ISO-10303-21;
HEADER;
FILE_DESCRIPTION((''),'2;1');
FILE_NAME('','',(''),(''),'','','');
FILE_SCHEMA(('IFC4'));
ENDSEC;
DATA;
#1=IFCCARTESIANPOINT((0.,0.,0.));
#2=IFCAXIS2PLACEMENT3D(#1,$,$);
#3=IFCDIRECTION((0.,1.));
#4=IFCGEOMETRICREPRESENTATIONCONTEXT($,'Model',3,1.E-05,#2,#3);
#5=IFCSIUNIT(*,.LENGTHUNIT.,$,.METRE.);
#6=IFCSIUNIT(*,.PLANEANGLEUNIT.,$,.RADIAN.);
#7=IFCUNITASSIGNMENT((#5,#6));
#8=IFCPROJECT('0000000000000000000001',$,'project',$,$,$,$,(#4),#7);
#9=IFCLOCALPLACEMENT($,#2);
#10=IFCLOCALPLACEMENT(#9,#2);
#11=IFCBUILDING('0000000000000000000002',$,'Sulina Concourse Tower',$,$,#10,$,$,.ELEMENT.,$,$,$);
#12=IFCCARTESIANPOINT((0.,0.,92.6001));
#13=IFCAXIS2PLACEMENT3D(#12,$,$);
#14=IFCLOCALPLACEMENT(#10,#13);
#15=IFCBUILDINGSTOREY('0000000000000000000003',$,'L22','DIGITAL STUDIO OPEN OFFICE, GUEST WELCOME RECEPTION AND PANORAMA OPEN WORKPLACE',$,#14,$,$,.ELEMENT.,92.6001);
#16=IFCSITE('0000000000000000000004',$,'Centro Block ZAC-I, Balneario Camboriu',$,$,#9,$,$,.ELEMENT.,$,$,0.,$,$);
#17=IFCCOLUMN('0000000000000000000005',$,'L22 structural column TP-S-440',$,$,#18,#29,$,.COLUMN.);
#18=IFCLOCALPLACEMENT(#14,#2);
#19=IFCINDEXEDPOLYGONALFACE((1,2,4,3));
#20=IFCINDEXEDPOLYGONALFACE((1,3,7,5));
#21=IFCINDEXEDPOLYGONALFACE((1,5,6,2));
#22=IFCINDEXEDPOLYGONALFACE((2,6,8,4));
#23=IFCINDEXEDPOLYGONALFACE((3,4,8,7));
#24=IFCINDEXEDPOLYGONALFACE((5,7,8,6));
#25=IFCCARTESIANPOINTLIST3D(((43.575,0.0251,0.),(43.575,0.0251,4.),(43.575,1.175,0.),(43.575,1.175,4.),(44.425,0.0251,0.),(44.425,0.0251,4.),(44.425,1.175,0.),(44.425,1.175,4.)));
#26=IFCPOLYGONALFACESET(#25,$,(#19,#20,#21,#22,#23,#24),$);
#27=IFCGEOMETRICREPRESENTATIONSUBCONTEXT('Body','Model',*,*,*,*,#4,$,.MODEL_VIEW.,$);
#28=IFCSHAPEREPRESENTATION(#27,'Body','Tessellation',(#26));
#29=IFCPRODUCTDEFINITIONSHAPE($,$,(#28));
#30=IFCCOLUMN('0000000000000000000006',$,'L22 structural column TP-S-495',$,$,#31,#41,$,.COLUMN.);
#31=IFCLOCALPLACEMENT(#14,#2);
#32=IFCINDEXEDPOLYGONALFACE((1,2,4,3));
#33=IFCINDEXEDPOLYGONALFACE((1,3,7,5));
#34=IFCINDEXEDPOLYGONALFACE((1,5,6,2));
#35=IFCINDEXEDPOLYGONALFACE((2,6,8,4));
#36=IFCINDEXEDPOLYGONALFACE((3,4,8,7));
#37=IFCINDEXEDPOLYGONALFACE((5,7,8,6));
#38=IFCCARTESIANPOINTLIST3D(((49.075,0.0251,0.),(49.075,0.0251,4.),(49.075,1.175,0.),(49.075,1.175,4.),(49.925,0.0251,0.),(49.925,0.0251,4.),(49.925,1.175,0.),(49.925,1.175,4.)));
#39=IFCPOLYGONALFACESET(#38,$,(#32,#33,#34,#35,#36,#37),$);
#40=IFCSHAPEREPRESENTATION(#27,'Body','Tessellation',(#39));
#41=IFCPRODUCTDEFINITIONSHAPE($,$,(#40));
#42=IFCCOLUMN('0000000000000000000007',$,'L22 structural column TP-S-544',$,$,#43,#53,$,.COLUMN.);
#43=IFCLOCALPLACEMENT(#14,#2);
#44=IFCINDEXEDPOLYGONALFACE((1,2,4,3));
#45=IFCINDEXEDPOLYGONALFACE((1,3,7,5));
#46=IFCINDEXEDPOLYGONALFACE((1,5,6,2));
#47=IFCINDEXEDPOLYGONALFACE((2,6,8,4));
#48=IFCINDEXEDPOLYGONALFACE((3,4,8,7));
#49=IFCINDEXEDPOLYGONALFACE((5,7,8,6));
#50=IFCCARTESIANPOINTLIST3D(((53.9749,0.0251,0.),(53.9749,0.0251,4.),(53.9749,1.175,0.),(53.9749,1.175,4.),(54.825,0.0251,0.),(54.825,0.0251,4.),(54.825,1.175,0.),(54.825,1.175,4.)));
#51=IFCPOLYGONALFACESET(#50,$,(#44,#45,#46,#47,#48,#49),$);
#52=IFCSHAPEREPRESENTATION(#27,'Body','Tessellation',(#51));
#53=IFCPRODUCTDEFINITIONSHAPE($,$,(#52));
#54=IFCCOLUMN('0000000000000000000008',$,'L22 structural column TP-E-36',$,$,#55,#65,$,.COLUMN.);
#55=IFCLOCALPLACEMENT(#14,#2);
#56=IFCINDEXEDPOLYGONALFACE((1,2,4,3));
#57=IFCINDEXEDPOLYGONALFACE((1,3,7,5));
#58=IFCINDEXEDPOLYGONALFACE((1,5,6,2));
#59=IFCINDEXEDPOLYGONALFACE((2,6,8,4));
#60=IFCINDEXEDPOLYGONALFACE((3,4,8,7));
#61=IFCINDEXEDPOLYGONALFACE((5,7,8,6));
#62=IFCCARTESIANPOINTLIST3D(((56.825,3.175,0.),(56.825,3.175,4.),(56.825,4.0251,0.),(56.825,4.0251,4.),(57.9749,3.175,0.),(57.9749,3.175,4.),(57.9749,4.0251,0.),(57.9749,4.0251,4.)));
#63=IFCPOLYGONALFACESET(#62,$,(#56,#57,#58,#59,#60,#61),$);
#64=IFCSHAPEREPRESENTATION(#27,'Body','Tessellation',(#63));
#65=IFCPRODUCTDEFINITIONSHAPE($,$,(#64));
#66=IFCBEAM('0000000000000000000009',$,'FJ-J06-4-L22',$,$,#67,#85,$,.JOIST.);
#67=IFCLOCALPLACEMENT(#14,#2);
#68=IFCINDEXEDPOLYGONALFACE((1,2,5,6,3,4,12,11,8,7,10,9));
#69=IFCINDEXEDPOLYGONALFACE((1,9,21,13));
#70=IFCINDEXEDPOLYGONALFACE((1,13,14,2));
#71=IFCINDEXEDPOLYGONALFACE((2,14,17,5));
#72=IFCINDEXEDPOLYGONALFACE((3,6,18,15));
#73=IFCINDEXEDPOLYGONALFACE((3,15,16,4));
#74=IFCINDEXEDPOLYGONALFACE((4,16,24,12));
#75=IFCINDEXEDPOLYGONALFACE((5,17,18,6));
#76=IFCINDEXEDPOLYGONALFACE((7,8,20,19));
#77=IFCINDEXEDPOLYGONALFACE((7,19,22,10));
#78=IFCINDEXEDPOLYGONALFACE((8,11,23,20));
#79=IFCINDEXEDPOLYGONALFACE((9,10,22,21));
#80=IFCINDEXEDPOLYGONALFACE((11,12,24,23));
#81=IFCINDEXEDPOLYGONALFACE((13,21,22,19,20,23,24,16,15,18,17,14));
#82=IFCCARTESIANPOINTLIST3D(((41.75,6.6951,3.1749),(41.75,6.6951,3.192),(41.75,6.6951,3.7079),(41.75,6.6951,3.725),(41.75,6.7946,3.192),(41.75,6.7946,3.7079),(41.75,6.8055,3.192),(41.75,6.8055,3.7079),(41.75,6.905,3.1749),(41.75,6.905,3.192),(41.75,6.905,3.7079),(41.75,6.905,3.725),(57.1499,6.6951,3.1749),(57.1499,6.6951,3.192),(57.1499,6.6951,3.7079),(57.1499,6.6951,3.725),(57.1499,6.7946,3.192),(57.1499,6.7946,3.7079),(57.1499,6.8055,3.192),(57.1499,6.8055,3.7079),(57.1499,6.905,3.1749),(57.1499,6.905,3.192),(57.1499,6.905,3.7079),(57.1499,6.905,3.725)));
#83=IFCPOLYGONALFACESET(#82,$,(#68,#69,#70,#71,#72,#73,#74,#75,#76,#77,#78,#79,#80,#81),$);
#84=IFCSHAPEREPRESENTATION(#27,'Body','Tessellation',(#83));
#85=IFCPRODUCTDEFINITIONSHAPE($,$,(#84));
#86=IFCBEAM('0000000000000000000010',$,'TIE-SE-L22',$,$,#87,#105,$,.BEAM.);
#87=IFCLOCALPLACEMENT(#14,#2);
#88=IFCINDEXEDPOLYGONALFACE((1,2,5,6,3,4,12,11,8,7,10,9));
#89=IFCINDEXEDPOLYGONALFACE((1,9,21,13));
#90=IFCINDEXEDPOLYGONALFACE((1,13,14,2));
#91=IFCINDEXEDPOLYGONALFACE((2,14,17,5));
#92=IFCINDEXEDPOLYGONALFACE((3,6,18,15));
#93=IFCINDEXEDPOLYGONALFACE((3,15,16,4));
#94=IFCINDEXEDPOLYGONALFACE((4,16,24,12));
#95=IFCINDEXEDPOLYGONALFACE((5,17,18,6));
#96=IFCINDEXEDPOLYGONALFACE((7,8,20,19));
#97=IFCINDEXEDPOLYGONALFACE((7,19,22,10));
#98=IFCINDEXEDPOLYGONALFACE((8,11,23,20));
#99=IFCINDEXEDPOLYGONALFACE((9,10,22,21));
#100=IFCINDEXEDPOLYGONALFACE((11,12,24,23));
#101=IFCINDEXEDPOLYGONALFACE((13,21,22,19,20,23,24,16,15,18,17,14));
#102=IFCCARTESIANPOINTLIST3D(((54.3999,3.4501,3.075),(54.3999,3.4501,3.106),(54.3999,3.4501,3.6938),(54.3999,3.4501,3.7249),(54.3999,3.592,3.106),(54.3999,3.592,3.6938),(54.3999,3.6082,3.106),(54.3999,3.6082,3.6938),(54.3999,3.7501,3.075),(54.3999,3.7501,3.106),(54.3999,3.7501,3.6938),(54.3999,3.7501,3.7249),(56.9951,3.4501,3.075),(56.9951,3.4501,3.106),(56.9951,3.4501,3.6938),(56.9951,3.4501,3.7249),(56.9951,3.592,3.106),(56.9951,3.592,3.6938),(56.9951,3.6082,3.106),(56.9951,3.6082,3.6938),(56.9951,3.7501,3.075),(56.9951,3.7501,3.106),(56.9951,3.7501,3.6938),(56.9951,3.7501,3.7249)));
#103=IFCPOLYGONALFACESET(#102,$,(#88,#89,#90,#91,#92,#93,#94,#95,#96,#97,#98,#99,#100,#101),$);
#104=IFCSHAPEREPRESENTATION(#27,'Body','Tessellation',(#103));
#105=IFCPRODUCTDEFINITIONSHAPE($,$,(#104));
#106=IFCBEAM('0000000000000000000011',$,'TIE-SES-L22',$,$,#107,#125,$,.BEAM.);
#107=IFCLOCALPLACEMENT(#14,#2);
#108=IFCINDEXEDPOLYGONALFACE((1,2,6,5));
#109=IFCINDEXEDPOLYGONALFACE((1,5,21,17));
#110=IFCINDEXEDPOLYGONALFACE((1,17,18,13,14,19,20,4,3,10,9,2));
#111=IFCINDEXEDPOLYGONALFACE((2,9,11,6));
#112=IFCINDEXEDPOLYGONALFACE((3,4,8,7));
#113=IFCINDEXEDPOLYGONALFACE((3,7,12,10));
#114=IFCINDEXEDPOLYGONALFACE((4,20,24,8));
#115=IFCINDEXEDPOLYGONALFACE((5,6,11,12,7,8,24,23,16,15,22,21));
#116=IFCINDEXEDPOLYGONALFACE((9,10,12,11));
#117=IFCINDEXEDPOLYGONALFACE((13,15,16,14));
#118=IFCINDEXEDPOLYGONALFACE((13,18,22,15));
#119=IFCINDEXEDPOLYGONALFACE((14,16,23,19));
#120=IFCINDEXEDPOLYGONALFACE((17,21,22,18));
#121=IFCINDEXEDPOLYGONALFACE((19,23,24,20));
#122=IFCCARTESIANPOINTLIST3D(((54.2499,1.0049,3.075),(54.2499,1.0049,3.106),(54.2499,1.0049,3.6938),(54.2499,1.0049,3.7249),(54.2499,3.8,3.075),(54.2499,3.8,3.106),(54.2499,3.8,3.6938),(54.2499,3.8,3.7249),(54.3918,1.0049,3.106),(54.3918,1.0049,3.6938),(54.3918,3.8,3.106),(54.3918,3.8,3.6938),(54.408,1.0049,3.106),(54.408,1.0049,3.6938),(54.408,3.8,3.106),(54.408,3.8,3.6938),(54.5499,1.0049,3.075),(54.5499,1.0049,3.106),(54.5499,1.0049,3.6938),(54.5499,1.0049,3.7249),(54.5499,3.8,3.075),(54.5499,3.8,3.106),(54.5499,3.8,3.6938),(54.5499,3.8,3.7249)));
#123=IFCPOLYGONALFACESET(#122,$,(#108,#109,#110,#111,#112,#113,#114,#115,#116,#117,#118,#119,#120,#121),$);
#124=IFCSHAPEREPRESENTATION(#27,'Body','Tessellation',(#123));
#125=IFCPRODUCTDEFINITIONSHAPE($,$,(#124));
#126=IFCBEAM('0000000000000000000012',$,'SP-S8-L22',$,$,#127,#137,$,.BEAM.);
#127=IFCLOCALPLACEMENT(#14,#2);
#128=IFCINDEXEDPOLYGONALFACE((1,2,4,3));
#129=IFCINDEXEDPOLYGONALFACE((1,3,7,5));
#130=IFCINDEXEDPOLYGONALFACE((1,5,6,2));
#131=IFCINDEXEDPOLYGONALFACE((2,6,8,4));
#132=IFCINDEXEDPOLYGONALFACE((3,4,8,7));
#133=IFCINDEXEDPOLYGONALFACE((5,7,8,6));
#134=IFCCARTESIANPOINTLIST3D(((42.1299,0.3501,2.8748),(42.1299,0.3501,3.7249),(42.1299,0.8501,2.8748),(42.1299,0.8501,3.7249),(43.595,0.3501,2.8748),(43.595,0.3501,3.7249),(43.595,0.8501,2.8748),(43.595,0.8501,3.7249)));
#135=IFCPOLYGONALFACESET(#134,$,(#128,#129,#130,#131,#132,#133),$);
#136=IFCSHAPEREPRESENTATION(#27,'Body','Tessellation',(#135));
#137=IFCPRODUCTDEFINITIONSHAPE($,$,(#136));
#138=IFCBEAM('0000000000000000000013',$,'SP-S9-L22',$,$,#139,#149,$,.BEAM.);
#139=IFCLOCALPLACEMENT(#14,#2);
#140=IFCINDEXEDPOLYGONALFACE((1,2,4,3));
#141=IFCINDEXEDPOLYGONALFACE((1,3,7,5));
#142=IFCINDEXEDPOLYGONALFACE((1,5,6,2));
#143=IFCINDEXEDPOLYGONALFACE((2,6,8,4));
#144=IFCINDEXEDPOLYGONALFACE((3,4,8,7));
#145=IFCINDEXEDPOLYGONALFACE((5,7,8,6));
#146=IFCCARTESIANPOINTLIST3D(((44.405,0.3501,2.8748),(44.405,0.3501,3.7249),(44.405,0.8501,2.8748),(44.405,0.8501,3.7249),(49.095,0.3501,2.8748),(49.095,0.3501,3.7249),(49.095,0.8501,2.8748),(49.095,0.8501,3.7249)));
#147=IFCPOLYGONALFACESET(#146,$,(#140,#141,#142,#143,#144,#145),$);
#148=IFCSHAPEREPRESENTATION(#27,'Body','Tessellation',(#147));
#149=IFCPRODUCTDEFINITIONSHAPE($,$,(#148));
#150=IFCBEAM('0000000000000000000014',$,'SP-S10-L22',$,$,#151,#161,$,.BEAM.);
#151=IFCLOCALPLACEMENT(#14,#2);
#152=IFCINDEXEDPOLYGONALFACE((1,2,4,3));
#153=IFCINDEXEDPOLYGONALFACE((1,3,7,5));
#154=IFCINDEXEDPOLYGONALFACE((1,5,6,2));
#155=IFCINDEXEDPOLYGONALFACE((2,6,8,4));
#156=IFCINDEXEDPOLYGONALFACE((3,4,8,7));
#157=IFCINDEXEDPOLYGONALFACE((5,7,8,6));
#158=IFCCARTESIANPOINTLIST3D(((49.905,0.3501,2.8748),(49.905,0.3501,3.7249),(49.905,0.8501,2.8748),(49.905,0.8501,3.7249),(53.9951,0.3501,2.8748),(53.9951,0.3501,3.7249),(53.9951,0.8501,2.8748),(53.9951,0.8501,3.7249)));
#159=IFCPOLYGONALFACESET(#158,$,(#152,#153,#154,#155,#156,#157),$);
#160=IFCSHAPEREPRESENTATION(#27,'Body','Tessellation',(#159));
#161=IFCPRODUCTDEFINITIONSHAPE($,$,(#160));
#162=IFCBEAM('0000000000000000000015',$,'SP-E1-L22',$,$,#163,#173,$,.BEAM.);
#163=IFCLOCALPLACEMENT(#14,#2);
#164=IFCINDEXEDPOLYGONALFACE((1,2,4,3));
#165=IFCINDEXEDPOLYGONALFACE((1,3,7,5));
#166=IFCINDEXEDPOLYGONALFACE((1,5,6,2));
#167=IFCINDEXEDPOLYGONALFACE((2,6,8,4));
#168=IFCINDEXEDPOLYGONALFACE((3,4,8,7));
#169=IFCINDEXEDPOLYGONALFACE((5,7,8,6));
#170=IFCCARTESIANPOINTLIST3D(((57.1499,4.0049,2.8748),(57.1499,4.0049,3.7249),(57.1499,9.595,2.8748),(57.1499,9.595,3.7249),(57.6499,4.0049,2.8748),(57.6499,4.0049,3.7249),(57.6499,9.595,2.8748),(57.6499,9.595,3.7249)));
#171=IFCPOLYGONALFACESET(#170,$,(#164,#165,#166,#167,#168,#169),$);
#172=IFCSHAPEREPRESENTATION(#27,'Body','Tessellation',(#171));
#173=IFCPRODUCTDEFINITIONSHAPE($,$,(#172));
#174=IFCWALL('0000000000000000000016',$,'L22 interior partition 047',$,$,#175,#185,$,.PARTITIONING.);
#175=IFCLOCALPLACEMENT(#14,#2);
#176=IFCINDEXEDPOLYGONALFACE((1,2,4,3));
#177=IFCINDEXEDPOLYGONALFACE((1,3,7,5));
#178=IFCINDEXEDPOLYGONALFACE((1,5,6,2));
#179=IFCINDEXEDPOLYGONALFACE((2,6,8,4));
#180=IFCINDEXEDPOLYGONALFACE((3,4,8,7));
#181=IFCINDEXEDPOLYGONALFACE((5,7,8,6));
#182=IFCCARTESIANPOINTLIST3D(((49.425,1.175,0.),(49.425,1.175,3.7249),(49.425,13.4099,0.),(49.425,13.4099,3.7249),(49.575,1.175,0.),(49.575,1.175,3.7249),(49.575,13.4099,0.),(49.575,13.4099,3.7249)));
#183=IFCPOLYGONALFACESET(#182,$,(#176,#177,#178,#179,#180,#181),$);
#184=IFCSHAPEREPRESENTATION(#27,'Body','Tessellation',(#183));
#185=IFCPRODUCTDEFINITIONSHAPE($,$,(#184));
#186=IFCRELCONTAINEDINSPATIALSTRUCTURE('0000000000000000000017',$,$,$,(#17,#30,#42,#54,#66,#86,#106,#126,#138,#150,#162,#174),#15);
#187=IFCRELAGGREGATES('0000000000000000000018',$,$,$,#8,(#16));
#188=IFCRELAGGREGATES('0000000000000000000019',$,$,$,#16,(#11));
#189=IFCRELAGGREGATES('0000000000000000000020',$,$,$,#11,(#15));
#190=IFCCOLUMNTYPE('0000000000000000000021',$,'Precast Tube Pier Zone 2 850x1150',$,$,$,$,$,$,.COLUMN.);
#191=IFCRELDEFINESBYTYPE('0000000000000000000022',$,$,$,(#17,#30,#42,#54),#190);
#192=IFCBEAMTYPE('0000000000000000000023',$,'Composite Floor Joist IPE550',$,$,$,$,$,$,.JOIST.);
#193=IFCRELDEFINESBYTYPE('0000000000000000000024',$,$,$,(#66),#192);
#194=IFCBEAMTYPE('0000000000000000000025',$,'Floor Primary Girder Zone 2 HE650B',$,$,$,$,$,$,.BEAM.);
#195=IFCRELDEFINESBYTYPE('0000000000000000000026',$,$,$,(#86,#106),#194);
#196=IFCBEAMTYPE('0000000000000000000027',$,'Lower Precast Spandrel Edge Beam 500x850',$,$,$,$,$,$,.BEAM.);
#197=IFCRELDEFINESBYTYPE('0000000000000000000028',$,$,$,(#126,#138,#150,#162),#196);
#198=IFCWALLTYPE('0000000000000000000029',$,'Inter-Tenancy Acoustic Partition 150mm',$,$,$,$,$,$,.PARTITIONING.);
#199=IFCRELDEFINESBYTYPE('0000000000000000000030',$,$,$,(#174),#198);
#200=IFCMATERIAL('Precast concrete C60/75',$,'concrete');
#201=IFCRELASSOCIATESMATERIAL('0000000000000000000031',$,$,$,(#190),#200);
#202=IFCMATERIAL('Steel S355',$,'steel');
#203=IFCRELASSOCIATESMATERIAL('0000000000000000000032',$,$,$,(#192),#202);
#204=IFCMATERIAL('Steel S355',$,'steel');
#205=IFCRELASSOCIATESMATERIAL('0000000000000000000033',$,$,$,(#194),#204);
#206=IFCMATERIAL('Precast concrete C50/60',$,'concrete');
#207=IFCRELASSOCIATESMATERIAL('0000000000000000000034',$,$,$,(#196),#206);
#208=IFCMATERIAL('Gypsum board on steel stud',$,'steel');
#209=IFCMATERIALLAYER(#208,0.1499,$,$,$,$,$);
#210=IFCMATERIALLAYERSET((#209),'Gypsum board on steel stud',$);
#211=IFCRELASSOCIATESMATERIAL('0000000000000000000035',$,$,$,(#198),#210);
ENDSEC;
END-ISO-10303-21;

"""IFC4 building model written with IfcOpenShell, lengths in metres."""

from ifc_helpers import new_model, si_unit, direction, frame, frame_2d, origin, origin_2d, place, context, subcontext, project, spatial, rectangle, i_section, extrude, material, layer, layer_set, material_profile, profile_set, type_object, element, save


model = new_model("IFC4")

# Units and contexts
model_context = context("Model", 3, precision=1e-05, world=origin(), true_north=direction((0.0, 1.0)))
body_context = subcontext(model_context, "Body", "Model", "MODEL_VIEW")
ifc_project = project(units=[si_unit("LENGTHUNIT", "METRE"), si_unit("PLANEANGLEUNIT", "RADIAN")], contexts=[model_context])

# Site, building, storey
site_placement = place(None, origin())
site = spatial("IfcSite", under=ifc_project, at=site_placement, Name="Centro Block ZAC-I, Balneario Camboriu", CompositionType="ELEMENT", RefElevation=0.0)
building_placement = place(site_placement, origin())
building = spatial("IfcBuilding", under=site, at=building_placement, Name="Sulina Concourse Tower", CompositionType="ELEMENT")
storey_placement = place(building_placement, frame((0.0, 0.0, 92.6001)))
storey = spatial("IfcBuildingStorey", under=building, at=storey_placement, Name="L22", Description="DIGITAL STUDIO OPEN OFFICE, GUEST WELCOME RECEPTION AND PANORAMA OPEN WORKPLACE", CompositionType="ELEMENT", Elevation=92.6001)

# Columns
ifc_material_1 = material(Name="Precast concrete C60/75", Category="concrete")
ifc_material_profile_1 = material_profile(ifc_material_1, rectangle(XDim=0.8501, YDim=1.1499, at=origin_2d()), Name="PC 850x1150")
ifc_profile_set_1 = profile_set([ifc_material_profile_1], Name="Precast concrete C60/75")
column_type = type_object("IfcColumnType", Name="Precast Tube Pier Zone 2 850x1150", PredefinedType="COLUMN", material=ifc_profile_set_1)
for number, where, z_axis, x_axis, name in (
    (1, (44.0, 0.6001, 0.0), (0.0, 0.0, 1.0), (1.0, 0.0, 0.0), "L22 structural column TP-S-440"),
    (2, (49.5, 0.6001, 0.0), (0.0, 0.0, 1.0), (1.0, 0.0, 0.0), "L22 structural column TP-S-495"),
    (3, (54.3999, 0.6001, 0.0), (0.0, 0.0, 1.0), (1.0, 0.0, 0.0), "L22 structural column TP-S-544"),
    (4, (57.3999, 3.6001, 0.0), (0.0, 0.0, 1.0), (0.0, 1.0, 0.0), "L22 structural column TP-E-36"),
):
    element("IfcColumn", number, at=place(storey_placement, frame(where, z_axis=z_axis, x_axis=x_axis)), inside=storey, type_object=column_type, Name=name, PredefinedType="COLUMN", context=body_context, shape_type="SweptSolid", body=[
        extrude(rectangle(XDim=0.8501, YDim=1.1499, at=origin_2d()), origin(), (0.0, 0.0, 1.0), 4.0),
    ])

# Beams
ifc_material_2 = material(Name="Steel S355", Category="steel")
ifc_material_profile_2 = material_profile(ifc_material_2, i_section(OverallWidth=0.21, OverallDepth=0.55, WebThickness=0.011, FlangeThickness=0.0171, at=origin_2d()), Name="IPE 550")
ifc_profile_set_2 = profile_set([ifc_material_profile_2], Name="Steel S355")
beam_type_1 = type_object("IfcBeamType", Name="Composite Floor Joist IPE550", PredefinedType="JOIST", material=ifc_profile_set_2)
beam_1_placement = place(storey_placement, frame((41.75, 6.8, 3.45), z_axis=(1.0, 0.0, 0.0), x_axis=(0.0, 1.0, 0.0)))
element("IfcBeam", 5, at=beam_1_placement, inside=storey, type_object=beam_type_1, Name="FJ-J06-4-L22", PredefinedType="JOIST", context=body_context, shape_type="SweptSolid", body=[
    extrude(i_section(OverallWidth=0.21, OverallDepth=0.55, WebThickness=0.011, FlangeThickness=0.0171, at=origin_2d()), origin(), (0.0, 0.0, 1.0), 15.3999),
])
ifc_material_3 = material(Name="Steel S355", Category="steel")
ifc_material_profile_3 = material_profile(ifc_material_3, i_section(OverallWidth=0.3, OverallDepth=0.6499, WebThickness=0.0161, FlangeThickness=0.031, at=origin_2d()), Name="HE 650 B")
ifc_profile_set_3 = profile_set([ifc_material_profile_3], Name="Steel S355")
beam_type_2 = type_object("IfcBeamType", Name="Floor Primary Girder Zone 2 HE650B", PredefinedType="BEAM", material=ifc_profile_set_3)
beam_2_placement = place(storey_placement, frame((54.3999, 3.6001, 3.3999), z_axis=(1.0, 0.0, 0.0), x_axis=(0.0, 1.0, 0.0)))
element("IfcBeam", 6, at=beam_2_placement, inside=storey, type_object=beam_type_2, Name="TIE-SE-L22", PredefinedType="BEAM", context=body_context, shape_type="SweptSolid", body=[
    extrude(i_section(OverallWidth=0.3, OverallDepth=0.6499, WebThickness=0.0161, FlangeThickness=0.031, at=origin_2d()), origin(), (0.0, 0.0, 1.0), 2.5952),
])
beam_3_placement = place(storey_placement, frame((54.3999, 1.0049, 3.3999), z_axis=(0.0, 1.0, 0.0), x_axis=(-1.0, 0.0, 0.0)))
element("IfcBeam", 7, at=beam_3_placement, inside=storey, type_object=beam_type_2, Name="TIE-SES-L22", PredefinedType="BEAM", context=body_context, shape_type="SweptSolid", body=[
    extrude(i_section(OverallWidth=0.3, OverallDepth=0.6499, WebThickness=0.0161, FlangeThickness=0.031, at=origin_2d()), origin(), (0.0, 0.0, 1.0), 2.7952),
])
ifc_material_4 = material(Name="Precast concrete C50/60", Category="concrete")
ifc_material_profile_4 = material_profile(ifc_material_4, rectangle(XDim=0.5, YDim=0.8501, at=origin_2d()), Name="RC 500x850")
ifc_profile_set_4 = profile_set([ifc_material_profile_4], Name="Precast concrete C50/60")
beam_type_3 = type_object("IfcBeamType", Name="Lower Precast Spandrel Edge Beam 500x850", PredefinedType="BEAM", material=ifc_profile_set_4)
beam_4_placement = place(storey_placement, frame((42.1299, 0.6001, 3.2998), z_axis=(1.0, 0.0, 0.0), x_axis=(0.0, 1.0, 0.0)))
element("IfcBeam", 8, at=beam_4_placement, inside=storey, type_object=beam_type_3, Name="SP-S8-L22", PredefinedType="BEAM", context=body_context, shape_type="SweptSolid", body=[
    extrude(rectangle(XDim=0.5, YDim=0.8501, at=origin_2d()), origin(), (0.0, 0.0, 1.0), 1.4651),
])
beam_5_placement = place(storey_placement, frame((44.405, 0.6001, 3.2998), z_axis=(1.0, 0.0, 0.0), x_axis=(0.0, 1.0, 0.0)))
element("IfcBeam", 9, at=beam_5_placement, inside=storey, type_object=beam_type_3, Name="SP-S9-L22", PredefinedType="BEAM", context=body_context, shape_type="SweptSolid", body=[
    extrude(rectangle(XDim=0.5, YDim=0.8501, at=origin_2d()), origin(), (0.0, 0.0, 1.0), 4.6899),
])
beam_6_placement = place(storey_placement, frame((49.905, 0.6001, 3.2998), z_axis=(1.0, 0.0, 0.0), x_axis=(0.0, 1.0, 0.0)))
element("IfcBeam", 10, at=beam_6_placement, inside=storey, type_object=beam_type_3, Name="SP-S10-L22", PredefinedType="BEAM", context=body_context, shape_type="SweptSolid", body=[
    extrude(rectangle(XDim=0.5, YDim=0.8501, at=origin_2d()), origin(), (0.0, 0.0, 1.0), 4.0901),
])
beam_7_placement = place(storey_placement, frame((57.3999, 4.0049, 3.2998), z_axis=(0.0, 1.0, 0.0), x_axis=(-1.0, 0.0, 0.0)))
element("IfcBeam", 11, at=beam_7_placement, inside=storey, type_object=beam_type_3, Name="SP-E1-L22", PredefinedType="BEAM", context=body_context, shape_type="SweptSolid", body=[
    extrude(rectangle(XDim=0.5, YDim=0.8501, at=origin_2d()), origin(), (0.0, 0.0, 1.0), 5.5901),
])

# Wall
ifc_material_5 = material(Name="Gypsum board on steel stud", Category="steel")
ifc_layer_1 = layer(ifc_material_5, 0.1499)
ifc_layer_set_1 = layer_set([ifc_layer_1], Name="Gypsum board on steel stud")
wall_type_1 = type_object("IfcWallType", Name="Inter-Tenancy Acoustic Partition 150mm", PredefinedType="PARTITIONING", material=ifc_layer_set_1)
wall_1_placement = place(storey_placement, frame((49.5, 1.175, 0.0), z_axis=(0.0, 0.0, 1.0), x_axis=(0.0, 1.0, 0.0)))
element("IfcWall", 12, at=wall_1_placement, inside=storey, type_object=wall_type_1, Name="L22 interior partition 047", PredefinedType="PARTITIONING", context=body_context, shape_type="SweptSolid", body=[
    extrude(rectangle(XDim=12.2349, YDim=0.1499, at=frame_2d((6.1174, 0.0))), origin(), (0.0, 0.0, 1.0), 3.7249),
])

save(model, "model.ifc")
